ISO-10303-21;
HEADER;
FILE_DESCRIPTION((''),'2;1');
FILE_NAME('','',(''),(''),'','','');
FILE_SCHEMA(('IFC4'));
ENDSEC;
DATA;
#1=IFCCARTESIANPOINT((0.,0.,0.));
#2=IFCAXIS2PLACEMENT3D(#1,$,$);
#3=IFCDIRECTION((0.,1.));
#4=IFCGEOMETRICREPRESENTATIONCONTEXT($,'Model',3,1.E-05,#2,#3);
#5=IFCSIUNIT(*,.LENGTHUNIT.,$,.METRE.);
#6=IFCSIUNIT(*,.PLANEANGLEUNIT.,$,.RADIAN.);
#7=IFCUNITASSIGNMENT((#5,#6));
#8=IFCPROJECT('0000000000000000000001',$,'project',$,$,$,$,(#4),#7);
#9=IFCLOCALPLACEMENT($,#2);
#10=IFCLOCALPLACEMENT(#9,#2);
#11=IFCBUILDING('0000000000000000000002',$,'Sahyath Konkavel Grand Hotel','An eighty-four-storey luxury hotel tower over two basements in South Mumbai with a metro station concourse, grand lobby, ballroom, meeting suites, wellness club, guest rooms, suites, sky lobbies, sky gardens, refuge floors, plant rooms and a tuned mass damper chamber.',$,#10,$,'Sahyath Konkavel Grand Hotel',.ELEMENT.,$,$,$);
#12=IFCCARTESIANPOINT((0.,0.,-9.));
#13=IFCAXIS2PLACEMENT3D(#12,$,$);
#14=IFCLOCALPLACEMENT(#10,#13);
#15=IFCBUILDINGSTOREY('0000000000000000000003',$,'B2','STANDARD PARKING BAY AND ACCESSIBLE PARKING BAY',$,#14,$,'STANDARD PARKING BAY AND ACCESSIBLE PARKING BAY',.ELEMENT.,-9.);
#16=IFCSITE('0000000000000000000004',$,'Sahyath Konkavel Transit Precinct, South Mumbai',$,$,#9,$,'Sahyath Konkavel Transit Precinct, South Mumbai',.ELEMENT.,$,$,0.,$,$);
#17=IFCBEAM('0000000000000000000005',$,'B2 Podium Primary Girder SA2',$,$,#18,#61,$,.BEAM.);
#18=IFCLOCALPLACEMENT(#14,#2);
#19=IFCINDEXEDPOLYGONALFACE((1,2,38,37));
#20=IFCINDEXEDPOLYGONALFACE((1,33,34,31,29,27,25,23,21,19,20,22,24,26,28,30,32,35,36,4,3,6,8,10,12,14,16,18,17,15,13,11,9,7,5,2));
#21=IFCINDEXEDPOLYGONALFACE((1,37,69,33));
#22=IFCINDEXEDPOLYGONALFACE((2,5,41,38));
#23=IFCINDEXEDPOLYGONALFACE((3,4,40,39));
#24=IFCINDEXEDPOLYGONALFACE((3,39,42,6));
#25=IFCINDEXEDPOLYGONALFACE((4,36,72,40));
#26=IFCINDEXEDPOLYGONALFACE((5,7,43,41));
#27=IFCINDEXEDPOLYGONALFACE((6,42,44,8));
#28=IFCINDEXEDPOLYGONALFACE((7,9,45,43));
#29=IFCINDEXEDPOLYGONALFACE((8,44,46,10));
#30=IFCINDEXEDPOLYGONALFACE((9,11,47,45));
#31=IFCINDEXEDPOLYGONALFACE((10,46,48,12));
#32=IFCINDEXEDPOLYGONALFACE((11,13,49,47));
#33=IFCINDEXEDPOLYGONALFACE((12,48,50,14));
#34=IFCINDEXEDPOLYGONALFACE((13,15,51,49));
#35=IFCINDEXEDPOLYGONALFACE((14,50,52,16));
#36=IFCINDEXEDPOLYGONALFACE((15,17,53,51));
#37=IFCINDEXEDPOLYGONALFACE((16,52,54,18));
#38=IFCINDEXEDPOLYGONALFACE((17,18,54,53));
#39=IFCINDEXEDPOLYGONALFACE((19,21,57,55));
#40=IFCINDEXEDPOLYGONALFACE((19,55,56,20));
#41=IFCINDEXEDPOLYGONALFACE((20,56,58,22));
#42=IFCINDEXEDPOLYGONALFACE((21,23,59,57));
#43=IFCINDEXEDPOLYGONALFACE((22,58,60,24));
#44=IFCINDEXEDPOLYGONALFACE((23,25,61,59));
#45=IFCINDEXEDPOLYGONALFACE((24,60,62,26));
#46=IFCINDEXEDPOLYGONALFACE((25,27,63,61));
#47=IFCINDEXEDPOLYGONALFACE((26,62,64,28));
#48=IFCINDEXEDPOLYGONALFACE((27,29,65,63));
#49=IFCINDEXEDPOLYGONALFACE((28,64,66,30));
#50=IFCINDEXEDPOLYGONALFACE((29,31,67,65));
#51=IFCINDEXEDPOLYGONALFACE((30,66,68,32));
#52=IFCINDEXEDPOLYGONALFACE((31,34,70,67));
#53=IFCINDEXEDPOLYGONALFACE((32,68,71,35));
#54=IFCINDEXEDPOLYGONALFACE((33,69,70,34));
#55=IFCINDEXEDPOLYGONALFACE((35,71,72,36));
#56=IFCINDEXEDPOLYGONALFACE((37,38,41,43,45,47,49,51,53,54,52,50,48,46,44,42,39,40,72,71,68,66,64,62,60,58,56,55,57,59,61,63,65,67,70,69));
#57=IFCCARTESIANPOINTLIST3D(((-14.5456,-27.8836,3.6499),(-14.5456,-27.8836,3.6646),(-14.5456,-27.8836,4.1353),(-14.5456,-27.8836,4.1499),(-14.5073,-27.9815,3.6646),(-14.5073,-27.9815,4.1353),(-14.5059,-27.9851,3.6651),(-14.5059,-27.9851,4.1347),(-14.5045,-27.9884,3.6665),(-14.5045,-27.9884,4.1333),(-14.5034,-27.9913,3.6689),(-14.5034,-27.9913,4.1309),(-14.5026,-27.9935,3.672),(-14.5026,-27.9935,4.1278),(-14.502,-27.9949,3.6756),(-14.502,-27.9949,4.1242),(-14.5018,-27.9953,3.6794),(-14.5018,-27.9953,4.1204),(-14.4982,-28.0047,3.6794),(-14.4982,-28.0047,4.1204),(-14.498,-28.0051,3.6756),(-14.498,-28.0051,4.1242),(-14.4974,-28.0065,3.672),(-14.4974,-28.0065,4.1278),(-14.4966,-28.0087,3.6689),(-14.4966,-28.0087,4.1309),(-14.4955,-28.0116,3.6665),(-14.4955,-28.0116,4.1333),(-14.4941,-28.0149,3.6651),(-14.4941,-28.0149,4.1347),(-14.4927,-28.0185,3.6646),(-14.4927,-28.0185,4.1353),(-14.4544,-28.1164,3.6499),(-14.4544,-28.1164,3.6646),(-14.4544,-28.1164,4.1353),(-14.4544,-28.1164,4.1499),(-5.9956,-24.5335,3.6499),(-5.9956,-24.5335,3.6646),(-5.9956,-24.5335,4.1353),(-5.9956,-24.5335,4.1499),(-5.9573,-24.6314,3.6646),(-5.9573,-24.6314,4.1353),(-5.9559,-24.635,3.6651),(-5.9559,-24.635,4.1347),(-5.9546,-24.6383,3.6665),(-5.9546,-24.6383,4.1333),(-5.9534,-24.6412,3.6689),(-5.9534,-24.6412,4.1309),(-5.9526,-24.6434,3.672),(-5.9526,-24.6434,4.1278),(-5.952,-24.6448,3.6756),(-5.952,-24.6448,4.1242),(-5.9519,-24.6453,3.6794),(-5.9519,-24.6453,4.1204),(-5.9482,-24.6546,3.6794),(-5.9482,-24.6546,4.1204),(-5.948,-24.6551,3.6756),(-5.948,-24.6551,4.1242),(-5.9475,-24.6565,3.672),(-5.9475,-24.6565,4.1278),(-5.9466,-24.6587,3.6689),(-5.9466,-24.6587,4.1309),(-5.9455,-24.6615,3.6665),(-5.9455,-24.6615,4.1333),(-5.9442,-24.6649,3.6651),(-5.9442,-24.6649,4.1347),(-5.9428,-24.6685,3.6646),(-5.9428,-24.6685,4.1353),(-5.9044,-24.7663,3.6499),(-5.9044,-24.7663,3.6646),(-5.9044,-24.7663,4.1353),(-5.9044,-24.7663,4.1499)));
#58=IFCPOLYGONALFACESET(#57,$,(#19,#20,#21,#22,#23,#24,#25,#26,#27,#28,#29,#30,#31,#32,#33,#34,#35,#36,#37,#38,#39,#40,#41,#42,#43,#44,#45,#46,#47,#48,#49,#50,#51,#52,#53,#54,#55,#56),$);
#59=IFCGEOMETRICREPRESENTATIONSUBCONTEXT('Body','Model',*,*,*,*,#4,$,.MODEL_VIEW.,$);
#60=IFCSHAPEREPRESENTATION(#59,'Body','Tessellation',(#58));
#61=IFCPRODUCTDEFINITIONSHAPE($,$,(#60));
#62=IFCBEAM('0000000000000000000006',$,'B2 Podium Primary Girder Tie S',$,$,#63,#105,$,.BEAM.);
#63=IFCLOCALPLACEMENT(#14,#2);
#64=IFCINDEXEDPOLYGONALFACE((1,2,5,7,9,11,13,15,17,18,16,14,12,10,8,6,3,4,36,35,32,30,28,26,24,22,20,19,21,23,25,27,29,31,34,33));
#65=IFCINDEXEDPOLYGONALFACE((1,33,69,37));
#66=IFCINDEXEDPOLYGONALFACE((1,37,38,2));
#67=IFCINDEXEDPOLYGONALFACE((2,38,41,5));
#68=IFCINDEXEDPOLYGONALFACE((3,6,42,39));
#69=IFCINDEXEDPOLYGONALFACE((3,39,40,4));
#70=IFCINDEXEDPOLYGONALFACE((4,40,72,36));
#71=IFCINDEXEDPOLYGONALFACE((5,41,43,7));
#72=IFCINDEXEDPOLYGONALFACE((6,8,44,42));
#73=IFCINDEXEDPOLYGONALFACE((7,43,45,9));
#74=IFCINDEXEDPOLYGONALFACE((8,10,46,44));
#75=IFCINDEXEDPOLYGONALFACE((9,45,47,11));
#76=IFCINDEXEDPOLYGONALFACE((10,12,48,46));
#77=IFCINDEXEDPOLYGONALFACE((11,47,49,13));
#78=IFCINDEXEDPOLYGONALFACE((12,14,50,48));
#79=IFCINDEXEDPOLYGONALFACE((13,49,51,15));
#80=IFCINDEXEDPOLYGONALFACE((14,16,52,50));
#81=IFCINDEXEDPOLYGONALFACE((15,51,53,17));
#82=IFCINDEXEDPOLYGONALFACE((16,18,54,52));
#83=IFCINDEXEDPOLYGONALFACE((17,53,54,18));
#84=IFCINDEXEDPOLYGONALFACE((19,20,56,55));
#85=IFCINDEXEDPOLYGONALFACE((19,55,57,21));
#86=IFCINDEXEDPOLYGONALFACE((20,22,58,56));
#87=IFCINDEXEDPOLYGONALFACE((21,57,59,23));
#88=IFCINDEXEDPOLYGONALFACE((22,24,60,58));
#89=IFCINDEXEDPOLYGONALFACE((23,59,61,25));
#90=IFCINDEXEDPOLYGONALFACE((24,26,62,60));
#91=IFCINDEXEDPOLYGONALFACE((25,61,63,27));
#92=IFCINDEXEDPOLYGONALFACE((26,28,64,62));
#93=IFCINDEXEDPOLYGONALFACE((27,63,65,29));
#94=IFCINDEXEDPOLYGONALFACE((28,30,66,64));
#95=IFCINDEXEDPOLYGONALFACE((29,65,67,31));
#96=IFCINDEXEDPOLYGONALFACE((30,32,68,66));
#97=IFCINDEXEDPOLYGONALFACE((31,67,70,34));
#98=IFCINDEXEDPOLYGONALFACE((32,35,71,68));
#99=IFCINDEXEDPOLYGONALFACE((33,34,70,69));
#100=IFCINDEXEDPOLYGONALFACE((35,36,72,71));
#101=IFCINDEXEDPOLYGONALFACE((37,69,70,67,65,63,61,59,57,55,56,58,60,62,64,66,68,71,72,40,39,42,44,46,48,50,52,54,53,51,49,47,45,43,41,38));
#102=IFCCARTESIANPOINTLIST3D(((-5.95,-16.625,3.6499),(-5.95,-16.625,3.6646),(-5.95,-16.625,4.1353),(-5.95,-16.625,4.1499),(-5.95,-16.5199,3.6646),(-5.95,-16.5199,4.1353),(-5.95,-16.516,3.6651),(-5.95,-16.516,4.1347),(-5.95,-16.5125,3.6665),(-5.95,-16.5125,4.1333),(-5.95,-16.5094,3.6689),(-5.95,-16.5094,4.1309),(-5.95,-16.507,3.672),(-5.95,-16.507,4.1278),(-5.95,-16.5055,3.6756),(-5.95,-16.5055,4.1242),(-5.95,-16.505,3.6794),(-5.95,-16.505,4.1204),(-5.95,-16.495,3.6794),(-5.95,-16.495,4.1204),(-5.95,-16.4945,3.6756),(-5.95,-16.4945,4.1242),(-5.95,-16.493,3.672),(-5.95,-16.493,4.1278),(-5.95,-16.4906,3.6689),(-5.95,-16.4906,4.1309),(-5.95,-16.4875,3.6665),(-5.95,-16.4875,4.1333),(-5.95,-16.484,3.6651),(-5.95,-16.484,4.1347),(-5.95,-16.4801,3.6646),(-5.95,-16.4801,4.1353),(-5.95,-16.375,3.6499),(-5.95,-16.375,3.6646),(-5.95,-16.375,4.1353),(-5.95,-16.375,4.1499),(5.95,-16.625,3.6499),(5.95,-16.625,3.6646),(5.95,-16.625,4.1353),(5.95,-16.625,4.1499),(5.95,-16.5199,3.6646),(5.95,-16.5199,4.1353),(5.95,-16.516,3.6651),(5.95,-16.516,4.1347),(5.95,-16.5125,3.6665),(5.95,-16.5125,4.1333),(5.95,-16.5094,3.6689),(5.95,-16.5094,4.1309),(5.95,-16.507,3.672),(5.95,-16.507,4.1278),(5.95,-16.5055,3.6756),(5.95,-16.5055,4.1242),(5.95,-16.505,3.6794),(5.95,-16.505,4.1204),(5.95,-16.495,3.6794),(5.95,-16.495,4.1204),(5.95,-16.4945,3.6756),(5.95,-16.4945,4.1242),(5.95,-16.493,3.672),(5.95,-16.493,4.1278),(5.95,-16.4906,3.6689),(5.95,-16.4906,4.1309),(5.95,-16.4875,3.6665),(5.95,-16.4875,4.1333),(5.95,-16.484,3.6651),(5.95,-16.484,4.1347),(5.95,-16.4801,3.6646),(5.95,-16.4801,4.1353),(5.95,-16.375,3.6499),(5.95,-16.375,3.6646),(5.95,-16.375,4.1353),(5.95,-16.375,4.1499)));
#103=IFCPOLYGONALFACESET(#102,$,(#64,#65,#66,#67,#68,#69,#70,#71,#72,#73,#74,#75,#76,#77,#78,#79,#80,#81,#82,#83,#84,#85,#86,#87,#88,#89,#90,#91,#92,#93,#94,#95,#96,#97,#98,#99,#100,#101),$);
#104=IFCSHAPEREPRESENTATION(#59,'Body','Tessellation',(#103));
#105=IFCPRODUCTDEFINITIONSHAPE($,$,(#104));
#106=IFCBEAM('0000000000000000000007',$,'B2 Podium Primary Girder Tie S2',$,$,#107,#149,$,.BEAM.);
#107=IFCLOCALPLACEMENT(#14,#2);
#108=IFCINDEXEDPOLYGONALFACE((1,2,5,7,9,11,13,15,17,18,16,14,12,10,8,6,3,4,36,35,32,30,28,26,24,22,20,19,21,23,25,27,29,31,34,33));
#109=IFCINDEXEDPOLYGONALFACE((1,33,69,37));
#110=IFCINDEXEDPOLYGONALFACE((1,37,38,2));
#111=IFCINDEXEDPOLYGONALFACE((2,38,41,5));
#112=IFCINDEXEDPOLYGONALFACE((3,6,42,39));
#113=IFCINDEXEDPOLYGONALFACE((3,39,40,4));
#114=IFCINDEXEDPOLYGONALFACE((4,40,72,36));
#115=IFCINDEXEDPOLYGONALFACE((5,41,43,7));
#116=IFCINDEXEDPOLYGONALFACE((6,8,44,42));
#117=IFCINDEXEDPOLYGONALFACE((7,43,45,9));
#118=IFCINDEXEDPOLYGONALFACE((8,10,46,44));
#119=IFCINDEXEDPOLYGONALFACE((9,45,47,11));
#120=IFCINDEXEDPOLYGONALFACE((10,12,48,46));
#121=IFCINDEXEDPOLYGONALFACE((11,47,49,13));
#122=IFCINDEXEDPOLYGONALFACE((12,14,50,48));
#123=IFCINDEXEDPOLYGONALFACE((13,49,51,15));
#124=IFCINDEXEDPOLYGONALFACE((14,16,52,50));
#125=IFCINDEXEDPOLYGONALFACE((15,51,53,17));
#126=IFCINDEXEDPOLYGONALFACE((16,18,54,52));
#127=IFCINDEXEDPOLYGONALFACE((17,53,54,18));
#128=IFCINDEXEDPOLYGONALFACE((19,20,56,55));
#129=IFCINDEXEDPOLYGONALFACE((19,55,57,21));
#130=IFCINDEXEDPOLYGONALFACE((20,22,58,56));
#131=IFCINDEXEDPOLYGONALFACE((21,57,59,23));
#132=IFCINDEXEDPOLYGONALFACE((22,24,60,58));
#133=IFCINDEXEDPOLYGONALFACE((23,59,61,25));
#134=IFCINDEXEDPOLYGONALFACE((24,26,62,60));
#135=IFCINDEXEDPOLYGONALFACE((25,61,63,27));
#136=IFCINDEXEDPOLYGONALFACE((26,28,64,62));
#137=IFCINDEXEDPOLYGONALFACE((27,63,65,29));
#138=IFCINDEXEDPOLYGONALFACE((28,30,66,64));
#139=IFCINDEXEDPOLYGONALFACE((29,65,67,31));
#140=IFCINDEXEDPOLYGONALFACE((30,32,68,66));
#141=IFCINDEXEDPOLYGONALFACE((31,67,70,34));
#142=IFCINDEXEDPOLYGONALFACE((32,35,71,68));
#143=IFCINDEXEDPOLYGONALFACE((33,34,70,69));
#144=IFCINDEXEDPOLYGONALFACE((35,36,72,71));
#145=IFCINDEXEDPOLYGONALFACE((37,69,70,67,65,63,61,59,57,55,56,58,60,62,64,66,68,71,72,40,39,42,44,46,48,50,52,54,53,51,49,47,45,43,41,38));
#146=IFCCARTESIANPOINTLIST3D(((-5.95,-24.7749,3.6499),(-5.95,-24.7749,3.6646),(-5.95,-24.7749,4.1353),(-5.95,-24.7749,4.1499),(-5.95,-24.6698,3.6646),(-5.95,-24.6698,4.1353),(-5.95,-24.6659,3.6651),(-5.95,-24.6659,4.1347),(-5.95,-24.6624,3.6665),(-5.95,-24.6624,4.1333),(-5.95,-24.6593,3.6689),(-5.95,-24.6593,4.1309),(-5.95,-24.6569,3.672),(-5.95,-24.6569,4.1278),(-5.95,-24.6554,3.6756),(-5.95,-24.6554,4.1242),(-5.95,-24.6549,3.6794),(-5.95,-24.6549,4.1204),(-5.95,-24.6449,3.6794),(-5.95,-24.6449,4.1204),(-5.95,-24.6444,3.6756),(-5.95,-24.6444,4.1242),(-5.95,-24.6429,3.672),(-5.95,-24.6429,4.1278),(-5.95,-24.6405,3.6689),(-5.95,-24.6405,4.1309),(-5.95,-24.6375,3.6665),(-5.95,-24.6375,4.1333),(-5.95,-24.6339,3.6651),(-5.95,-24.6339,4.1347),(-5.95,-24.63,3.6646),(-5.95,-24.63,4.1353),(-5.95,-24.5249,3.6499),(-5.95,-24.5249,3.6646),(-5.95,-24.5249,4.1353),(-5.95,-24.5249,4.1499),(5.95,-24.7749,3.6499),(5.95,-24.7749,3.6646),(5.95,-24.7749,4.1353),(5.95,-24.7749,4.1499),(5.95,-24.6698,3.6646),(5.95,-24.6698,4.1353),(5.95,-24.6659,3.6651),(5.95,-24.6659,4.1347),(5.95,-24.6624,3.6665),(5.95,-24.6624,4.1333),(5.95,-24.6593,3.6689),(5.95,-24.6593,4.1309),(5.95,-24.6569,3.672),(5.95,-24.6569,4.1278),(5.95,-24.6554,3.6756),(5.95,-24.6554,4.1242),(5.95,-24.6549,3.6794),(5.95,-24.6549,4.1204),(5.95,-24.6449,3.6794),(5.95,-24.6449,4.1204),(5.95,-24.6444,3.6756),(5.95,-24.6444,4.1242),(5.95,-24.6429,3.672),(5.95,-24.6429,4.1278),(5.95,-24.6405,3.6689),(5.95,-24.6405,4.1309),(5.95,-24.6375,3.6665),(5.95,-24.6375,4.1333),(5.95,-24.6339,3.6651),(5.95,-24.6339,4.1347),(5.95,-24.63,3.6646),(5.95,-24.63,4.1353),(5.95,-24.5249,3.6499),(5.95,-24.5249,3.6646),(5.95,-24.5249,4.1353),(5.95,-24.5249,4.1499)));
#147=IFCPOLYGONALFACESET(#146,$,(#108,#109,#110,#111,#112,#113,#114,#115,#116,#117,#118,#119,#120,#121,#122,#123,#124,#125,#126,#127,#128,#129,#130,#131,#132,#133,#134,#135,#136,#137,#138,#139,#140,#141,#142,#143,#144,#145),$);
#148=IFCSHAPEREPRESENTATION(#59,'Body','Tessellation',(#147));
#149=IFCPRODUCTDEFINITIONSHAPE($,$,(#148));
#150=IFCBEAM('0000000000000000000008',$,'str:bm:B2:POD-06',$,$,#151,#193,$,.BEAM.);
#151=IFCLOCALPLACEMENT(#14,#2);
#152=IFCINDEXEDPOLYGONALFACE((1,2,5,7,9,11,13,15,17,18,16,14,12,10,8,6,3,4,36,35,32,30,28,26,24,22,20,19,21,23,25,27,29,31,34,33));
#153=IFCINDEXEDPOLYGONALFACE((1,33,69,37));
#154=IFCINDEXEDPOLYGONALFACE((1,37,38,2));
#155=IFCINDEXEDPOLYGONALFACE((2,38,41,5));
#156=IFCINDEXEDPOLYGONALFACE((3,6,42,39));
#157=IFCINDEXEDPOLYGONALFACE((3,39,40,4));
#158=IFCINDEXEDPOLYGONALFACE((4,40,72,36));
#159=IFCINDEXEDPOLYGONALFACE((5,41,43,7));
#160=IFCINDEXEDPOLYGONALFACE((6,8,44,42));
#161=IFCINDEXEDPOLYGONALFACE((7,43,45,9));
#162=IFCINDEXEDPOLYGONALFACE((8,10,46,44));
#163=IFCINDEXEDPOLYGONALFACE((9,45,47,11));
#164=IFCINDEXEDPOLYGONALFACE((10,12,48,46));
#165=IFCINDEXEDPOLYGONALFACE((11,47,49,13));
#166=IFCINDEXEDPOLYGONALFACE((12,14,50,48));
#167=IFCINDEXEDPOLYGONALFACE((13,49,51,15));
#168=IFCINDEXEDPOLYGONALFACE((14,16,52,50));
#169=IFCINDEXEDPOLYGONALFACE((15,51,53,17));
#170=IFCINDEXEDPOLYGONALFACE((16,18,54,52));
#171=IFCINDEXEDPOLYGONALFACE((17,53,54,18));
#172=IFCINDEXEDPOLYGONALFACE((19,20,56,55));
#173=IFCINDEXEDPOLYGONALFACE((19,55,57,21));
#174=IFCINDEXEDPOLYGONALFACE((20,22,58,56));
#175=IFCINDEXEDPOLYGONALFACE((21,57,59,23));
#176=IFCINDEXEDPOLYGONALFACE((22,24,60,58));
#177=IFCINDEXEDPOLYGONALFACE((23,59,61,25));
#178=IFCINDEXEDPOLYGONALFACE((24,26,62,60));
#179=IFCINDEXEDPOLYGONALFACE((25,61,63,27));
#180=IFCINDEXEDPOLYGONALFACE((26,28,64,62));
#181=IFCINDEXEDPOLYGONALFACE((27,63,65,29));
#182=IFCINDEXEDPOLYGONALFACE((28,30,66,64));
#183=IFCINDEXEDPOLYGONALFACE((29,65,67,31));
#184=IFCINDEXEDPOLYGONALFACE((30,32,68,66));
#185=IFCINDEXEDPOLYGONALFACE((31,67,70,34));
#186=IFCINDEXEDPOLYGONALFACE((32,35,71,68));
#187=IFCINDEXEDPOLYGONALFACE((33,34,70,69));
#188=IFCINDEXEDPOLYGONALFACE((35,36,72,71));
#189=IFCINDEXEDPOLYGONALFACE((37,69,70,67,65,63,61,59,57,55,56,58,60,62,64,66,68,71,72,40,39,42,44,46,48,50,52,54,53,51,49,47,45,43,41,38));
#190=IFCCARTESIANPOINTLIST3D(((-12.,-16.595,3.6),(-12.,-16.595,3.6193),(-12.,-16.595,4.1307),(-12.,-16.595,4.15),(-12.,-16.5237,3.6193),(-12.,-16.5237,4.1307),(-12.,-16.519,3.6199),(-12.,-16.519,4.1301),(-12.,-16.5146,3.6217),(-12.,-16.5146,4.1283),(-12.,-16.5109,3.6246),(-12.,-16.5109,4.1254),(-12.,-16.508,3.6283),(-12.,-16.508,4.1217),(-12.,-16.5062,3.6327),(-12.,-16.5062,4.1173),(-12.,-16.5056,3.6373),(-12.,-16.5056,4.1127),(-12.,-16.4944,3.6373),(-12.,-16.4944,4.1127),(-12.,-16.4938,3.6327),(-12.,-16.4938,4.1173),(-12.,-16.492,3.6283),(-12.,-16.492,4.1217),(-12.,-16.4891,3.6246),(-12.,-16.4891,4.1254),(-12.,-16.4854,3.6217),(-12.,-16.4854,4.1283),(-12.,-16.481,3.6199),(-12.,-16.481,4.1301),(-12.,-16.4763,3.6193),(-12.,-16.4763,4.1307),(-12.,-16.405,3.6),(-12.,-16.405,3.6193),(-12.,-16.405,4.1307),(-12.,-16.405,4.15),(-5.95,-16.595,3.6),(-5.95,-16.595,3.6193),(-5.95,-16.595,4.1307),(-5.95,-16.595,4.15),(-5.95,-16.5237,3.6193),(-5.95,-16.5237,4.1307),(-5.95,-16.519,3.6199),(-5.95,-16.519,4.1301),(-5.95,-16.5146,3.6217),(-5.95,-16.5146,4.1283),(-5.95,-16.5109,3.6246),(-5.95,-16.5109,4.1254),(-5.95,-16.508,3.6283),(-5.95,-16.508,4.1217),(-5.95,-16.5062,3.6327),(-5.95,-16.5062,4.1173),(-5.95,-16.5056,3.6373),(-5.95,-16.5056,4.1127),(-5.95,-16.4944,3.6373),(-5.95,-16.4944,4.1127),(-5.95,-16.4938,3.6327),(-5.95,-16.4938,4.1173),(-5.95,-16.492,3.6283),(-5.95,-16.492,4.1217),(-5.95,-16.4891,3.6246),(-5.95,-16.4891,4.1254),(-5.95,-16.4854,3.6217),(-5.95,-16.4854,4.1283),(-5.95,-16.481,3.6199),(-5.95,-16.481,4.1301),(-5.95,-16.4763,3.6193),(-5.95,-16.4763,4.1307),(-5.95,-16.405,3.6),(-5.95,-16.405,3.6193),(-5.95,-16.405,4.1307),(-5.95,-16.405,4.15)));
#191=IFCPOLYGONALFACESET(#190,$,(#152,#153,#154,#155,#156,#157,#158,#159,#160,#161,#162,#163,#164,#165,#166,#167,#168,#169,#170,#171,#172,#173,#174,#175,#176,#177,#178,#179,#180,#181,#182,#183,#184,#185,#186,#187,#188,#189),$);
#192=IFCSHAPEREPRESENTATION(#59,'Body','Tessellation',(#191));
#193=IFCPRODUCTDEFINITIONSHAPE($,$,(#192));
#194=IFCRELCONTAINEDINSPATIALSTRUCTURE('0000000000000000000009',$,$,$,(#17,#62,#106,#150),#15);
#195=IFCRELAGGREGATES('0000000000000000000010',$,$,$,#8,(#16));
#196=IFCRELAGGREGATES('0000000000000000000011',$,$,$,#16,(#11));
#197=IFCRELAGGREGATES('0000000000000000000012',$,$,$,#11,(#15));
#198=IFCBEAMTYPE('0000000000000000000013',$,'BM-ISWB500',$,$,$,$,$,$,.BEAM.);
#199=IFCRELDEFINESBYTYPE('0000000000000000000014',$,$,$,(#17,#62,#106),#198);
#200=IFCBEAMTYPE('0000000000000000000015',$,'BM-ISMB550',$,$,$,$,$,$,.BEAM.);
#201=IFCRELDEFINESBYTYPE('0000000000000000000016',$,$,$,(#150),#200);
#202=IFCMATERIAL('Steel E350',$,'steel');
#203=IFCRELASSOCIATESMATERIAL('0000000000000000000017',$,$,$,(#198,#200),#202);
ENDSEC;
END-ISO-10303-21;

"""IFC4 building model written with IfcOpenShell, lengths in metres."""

from ifc_helpers import new_model, si_unit, direction, frame, origin, origin_2d, place, context, subcontext, project, spatial, i_section, extrude, source, transform, mapped, material, material_profile, profile_set, type_object, element, save


model = new_model("IFC4")

# Units and contexts
model_context = context("Model", 3, precision=1e-05, world=origin(), true_north=direction((0.0, 1.0)))
body_context = subcontext(model_context, "Body", "Model", "MODEL_VIEW")
ifc_project = project(units=[si_unit("LENGTHUNIT", "METRE"), si_unit("PLANEANGLEUNIT", "RADIAN")], contexts=[model_context])

# Site, building, storey
site_placement = place(None, origin())
site = spatial("IfcSite", under=ifc_project, at=site_placement, Name="Sahyath Konkavel Transit Precinct, South Mumbai", LongName="Sahyath Konkavel Transit Precinct, South Mumbai", CompositionType="ELEMENT", RefElevation=0.0)
building_placement = place(site_placement, origin())
building = spatial("IfcBuilding", under=site, at=building_placement, Name="Sahyath Konkavel Grand Hotel", Description="An eighty-four-storey luxury hotel tower over two basements in South Mumbai with a metro station concourse, grand lobby, ballroom, meeting suites, wellness club, guest rooms, suites, sky lobbies, sky gardens, refuge floors, plant rooms and a tuned mass damper chamber.", LongName="Sahyath Konkavel Grand Hotel", CompositionType="ELEMENT")
storey_placement = place(building_placement, frame((0.0, 0.0, -9.0)))
storey = spatial("IfcBuildingStorey", under=building, at=storey_placement, Name="B2", Description="STANDARD PARKING BAY AND ACCESSIBLE PARKING BAY", LongName="STANDARD PARKING BAY AND ACCESSIBLE PARKING BAY", CompositionType="ELEMENT", Elevation=-9.0)

# Beams
ifc_material_1 = material(Name="Steel E350", Category="steel")
ifc_material_profile_1 = material_profile(ifc_material_1, i_section(OverallWidth=0.25, OverallDepth=0.5, WebThickness=0.01, FlangeThickness=0.0146, FilletRadius=0.0149, at=origin_2d()), Name="ISWB 500")
ifc_profile_set_1 = profile_set([ifc_material_profile_1], Name="Steel E350")
beam_type_1 = type_object("IfcBeamType", Name="BM-ISWB500", PredefinedType="BEAM", material=ifc_profile_set_1)
shared_shape_1 = source(origin(), body_context, "Body", "SweptSolid", [
    extrude(i_section(OverallWidth=0.25, OverallDepth=0.5, WebThickness=0.01, FlangeThickness=0.0146, FilletRadius=0.0149, at=origin_2d()), origin(), (0.0, 0.0, 1.0), 9.1829),
])
beam_1_placement = place(storey_placement, frame((-14.5, -28.0, 3.8999), z_axis=(0.931079, 0.364817, 0.0), x_axis=(-0.364817, 0.931079, 0.0)))
element("IfcBeam", 1, at=beam_1_placement, inside=storey, type_object=beam_type_1, Name="B2 Podium Primary Girder SA2", PredefinedType="BEAM", context=body_context, shape_type="MappedRepresentation", body=[
    mapped(shared_shape_1, transform((0.0, 0.0, 0.0), scale=1.0)),
])
shared_shape_2 = source(origin(), body_context, "Body", "SweptSolid", [
    extrude(i_section(OverallWidth=0.25, OverallDepth=0.5, WebThickness=0.01, FlangeThickness=0.0146, FilletRadius=0.0149, at=origin_2d()), origin(), (0.0, 0.0, 1.0), 11.8999),
])
for number, where, z_axis, x_axis, name in (
    (2, (-5.95, -16.5, 3.8999), (1.0, 0.0, 0.0), (0.0, 1.0, 0.0), "B2 Podium Primary Girder Tie S"),
    (3, (-5.95, -24.6499, 3.8999), (1.0, 0.0, 0.0), (0.0, 1.0, 0.0), "B2 Podium Primary Girder Tie S2"),
):
    element("IfcBeam", number, at=place(storey_placement, frame(where, z_axis=z_axis, x_axis=x_axis)), inside=storey, type_object=beam_type_1, Name=name, PredefinedType="BEAM", context=body_context, shape_type="MappedRepresentation", body=[
        mapped(shared_shape_2, transform((0.0, 0.0, 0.0), scale=1.0)),
    ])
ifc_material_profile_2 = material_profile(ifc_material_1, i_section(OverallWidth=0.1899, OverallDepth=0.55, WebThickness=0.0112, FlangeThickness=0.0193, FilletRadius=0.0181, at=origin_2d()), Name="ISMB 550")
ifc_profile_set_2 = profile_set([ifc_material_profile_2], Name="Steel E350")
beam_type_2 = type_object("IfcBeamType", Name="BM-ISMB550", PredefinedType="BEAM", material=ifc_profile_set_2)
shared_shape_3 = source(origin(), body_context, "Body", "SweptSolid", [
    extrude(i_section(OverallWidth=0.1899, OverallDepth=0.55, WebThickness=0.0112, FlangeThickness=0.0193, FilletRadius=0.0181, at=origin_2d()), origin(), (0.0, 0.0, 1.0), 6.05),
])
beam_2_placement = place(storey_placement, frame((-12.0, -16.5, 3.875), z_axis=(1.0, 0.0, 0.0), x_axis=(0.0, 1.0, 0.0)))
element("IfcBeam", 4, at=beam_2_placement, inside=storey, type_object=beam_type_2, Name="str:bm:B2:POD-06", PredefinedType="BEAM", context=body_context, shape_type="MappedRepresentation", body=[
    mapped(shared_shape_3, transform((0.0, 0.0, 0.0), scale=1.0)),
])

save(model, "model.ifc")
